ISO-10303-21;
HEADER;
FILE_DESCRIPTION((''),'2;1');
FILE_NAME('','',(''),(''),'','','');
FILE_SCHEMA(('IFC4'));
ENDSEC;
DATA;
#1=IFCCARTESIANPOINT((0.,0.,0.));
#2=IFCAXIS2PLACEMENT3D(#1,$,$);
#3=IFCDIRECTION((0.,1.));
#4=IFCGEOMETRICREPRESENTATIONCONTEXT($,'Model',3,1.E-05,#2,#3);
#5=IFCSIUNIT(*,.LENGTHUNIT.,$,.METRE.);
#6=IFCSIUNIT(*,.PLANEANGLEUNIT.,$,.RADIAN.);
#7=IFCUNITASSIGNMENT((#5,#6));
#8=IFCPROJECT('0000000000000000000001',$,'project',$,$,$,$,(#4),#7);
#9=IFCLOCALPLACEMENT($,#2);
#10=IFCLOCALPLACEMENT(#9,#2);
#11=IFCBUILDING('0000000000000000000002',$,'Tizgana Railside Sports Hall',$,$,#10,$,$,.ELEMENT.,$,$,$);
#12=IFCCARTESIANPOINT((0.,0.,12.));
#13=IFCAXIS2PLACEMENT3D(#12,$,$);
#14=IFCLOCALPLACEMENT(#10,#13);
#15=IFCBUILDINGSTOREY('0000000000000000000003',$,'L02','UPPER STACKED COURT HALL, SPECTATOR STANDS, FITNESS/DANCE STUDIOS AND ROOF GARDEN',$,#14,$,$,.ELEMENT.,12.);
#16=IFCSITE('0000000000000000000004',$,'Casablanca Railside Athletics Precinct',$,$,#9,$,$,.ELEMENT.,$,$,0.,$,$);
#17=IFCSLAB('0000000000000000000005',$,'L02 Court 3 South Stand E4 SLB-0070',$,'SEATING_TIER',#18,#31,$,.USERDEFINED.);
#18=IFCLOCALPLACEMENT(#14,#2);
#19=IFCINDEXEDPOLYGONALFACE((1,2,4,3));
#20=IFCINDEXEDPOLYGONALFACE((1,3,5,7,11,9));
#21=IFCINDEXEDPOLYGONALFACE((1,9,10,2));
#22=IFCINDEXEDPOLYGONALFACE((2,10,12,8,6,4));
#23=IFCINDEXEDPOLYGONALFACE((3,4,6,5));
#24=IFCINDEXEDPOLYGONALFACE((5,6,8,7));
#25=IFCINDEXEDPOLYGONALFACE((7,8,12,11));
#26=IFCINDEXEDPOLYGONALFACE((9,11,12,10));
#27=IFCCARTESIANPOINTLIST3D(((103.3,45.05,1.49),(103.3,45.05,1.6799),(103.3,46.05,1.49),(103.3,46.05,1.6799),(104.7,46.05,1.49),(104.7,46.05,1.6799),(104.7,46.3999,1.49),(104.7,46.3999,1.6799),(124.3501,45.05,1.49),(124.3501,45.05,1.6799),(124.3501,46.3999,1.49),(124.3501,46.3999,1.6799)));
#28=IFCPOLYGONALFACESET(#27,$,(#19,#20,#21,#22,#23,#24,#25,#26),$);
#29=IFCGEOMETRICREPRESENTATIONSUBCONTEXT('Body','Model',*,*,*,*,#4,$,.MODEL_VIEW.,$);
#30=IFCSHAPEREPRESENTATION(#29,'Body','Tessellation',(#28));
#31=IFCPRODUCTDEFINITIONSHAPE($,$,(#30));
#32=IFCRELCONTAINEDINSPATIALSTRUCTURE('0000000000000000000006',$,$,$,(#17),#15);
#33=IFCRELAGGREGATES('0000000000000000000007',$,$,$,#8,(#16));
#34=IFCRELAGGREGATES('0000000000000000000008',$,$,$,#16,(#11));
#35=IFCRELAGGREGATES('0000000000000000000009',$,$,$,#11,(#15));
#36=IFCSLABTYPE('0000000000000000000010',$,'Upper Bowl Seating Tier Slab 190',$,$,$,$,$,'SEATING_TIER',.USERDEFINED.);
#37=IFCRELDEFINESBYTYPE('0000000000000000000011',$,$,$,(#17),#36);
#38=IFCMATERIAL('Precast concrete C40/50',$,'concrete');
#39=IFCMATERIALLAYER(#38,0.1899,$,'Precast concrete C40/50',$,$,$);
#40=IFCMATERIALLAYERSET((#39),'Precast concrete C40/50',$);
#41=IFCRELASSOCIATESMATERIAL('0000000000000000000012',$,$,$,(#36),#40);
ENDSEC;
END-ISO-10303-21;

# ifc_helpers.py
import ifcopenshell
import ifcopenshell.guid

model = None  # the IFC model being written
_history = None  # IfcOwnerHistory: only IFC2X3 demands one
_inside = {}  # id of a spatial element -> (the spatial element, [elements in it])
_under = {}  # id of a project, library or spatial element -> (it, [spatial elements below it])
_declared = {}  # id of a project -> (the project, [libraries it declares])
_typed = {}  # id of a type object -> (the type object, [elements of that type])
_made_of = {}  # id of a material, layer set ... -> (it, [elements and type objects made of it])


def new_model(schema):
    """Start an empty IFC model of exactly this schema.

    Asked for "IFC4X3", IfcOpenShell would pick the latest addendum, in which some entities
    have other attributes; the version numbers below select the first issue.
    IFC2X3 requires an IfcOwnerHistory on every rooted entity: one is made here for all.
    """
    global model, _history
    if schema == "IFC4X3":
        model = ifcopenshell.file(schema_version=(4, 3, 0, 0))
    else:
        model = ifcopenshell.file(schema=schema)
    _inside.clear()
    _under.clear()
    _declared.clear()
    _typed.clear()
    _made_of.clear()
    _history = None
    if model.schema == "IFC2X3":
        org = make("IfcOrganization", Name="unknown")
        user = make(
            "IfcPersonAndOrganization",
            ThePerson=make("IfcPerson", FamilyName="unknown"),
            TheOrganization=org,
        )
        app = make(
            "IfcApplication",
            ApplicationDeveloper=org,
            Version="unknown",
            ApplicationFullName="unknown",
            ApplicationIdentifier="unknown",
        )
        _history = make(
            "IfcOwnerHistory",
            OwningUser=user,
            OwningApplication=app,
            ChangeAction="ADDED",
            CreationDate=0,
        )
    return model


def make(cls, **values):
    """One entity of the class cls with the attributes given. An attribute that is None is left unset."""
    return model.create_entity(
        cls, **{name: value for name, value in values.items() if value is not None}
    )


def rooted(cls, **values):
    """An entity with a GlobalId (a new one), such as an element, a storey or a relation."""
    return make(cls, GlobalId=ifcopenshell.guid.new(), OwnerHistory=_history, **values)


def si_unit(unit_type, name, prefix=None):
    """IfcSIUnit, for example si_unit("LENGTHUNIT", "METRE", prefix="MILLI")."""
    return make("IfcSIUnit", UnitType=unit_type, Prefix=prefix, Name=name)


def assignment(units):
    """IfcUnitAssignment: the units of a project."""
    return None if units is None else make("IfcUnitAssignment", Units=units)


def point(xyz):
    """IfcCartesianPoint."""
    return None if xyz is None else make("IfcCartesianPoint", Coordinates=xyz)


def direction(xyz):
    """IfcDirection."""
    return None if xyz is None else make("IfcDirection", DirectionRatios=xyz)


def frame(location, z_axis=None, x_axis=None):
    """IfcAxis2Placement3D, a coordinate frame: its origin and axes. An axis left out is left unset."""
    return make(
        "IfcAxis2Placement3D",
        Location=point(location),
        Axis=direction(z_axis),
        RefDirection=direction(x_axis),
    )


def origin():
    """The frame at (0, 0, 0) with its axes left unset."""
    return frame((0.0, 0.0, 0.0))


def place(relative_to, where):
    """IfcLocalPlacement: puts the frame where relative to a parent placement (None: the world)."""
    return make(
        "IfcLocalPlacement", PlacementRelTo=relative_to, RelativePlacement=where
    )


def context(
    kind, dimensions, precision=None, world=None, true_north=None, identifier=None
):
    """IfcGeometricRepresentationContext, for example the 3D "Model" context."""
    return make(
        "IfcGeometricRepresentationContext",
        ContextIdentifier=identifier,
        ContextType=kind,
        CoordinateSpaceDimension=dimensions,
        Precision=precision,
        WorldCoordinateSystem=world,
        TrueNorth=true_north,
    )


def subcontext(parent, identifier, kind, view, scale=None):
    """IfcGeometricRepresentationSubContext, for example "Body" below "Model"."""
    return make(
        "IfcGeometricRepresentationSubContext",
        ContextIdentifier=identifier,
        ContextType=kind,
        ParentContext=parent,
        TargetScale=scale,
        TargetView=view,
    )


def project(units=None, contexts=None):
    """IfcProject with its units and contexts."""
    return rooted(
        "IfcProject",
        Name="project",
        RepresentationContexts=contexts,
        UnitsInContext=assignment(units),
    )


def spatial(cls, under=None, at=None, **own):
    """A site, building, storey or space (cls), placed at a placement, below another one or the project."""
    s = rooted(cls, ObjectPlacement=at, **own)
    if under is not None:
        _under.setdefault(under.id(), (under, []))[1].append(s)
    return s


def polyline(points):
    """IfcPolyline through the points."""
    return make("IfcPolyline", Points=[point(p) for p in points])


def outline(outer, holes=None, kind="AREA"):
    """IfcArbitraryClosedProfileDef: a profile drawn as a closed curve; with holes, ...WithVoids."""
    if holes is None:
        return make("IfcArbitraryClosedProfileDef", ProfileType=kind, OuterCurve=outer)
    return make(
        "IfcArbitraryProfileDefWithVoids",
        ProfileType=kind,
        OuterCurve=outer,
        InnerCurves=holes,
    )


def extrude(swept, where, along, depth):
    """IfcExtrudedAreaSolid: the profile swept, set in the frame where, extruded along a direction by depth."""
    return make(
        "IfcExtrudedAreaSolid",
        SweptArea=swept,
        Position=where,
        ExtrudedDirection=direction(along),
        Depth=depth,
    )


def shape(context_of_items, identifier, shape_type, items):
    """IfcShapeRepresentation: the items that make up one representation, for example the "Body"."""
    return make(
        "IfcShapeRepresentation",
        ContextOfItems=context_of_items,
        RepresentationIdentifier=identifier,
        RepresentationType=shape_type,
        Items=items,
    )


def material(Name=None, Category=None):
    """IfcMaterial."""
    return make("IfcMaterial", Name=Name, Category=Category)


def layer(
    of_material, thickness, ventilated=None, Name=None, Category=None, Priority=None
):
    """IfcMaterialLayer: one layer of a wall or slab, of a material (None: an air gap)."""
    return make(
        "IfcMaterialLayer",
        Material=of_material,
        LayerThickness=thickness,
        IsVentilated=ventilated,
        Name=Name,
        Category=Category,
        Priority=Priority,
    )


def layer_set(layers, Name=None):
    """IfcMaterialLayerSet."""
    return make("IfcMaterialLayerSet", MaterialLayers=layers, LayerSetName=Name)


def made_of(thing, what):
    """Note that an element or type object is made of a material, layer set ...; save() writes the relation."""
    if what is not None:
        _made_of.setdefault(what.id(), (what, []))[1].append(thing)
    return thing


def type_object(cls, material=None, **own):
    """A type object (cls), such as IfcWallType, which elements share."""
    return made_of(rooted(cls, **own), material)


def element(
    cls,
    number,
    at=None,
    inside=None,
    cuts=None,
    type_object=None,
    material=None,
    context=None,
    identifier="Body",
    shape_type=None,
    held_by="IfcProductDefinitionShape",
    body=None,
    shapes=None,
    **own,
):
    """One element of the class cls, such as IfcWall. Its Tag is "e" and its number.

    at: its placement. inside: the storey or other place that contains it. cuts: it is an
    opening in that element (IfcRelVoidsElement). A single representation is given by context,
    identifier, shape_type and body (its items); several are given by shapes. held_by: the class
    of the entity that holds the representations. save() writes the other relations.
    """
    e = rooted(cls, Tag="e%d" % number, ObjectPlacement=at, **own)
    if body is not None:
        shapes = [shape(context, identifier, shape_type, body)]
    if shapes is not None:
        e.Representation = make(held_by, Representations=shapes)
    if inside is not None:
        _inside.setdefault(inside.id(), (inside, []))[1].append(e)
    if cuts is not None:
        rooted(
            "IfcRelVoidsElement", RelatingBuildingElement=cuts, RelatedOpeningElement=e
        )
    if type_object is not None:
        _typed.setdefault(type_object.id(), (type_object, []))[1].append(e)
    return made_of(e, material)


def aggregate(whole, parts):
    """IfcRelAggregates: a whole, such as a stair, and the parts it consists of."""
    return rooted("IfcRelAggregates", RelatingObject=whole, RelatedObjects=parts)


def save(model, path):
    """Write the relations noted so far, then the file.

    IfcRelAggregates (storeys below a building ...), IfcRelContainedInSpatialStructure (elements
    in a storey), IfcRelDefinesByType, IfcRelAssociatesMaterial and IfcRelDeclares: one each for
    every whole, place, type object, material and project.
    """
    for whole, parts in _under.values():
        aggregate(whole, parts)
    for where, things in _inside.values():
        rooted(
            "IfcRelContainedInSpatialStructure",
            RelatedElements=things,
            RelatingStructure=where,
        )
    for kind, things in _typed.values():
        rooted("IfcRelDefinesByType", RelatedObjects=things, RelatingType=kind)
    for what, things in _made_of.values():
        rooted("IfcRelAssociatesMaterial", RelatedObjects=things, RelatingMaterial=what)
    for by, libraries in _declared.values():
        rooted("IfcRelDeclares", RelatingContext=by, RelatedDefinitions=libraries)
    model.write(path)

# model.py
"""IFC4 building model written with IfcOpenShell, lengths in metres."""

from ifc_helpers import new_model, si_unit, direction, frame, origin, place, context, subcontext, project, spatial, polyline, outline, extrude, material, layer, layer_set, type_object, element, save


model = new_model("IFC4")

# Units and contexts
model_context = context("Model", 3, precision=1e-05, world=origin(), true_north=direction((0.0, 1.0)))
body_context = subcontext(model_context, "Body", "Model", "MODEL_VIEW")
ifc_project = project(units=[si_unit("LENGTHUNIT", "METRE"), si_unit("PLANEANGLEUNIT", "RADIAN")], contexts=[model_context])

# Site, building, storey
site_placement = place(None, origin())
site = spatial("IfcSite", under=ifc_project, at=site_placement, Name="Casablanca Railside Athletics Precinct", CompositionType="ELEMENT", RefElevation=0.0)
building_placement = place(site_placement, origin())
building = spatial("IfcBuilding", under=site, at=building_placement, Name="Tizgana Railside Sports Hall", CompositionType="ELEMENT")
storey_placement = place(building_placement, frame((0.0, 0.0, 12.0)))
storey = spatial("IfcBuildingStorey", under=building, at=storey_placement, Name="L02", Description="UPPER STACKED COURT HALL, SPECTATOR STANDS, FITNESS/DANCE STUDIOS AND ROOF GARDEN", CompositionType="ELEMENT", Elevation=12.0)

# Slab
ifc_material_1 = material(Name="Precast concrete C40/50", Category="concrete")
ifc_layer_1 = layer(ifc_material_1, 0.1899, Name="Precast concrete C40/50")
ifc_layer_set_1 = layer_set([ifc_layer_1], Name="Precast concrete C40/50")
slab_type_1 = type_object("IfcSlabType", Name="Upper Bowl Seating Tier Slab 190", ElementType="SEATING_TIER", PredefinedType="USERDEFINED", material=ifc_layer_set_1)
slab_1_placement = place(storey_placement, frame((0.0, 0.0, 1.49)))
element("IfcSlab", 1, at=slab_1_placement, inside=storey, type_object=slab_type_1, Name="L02 Court 3 South Stand E4 SLB-0070", ObjectType="SEATING_TIER", PredefinedType="USERDEFINED", context=body_context, shape_type="SweptSolid", body=[
    extrude(outline(polyline([(103.3, 45.05), (124.3501, 45.05), (124.3501, 46.3999), (104.7, 46.3999), (104.7, 46.05), (103.3, 46.05), (103.3, 45.05)])), origin(), (0.0, 0.0, 1.0), 0.1899),
])

save(model, "model.ifc")
